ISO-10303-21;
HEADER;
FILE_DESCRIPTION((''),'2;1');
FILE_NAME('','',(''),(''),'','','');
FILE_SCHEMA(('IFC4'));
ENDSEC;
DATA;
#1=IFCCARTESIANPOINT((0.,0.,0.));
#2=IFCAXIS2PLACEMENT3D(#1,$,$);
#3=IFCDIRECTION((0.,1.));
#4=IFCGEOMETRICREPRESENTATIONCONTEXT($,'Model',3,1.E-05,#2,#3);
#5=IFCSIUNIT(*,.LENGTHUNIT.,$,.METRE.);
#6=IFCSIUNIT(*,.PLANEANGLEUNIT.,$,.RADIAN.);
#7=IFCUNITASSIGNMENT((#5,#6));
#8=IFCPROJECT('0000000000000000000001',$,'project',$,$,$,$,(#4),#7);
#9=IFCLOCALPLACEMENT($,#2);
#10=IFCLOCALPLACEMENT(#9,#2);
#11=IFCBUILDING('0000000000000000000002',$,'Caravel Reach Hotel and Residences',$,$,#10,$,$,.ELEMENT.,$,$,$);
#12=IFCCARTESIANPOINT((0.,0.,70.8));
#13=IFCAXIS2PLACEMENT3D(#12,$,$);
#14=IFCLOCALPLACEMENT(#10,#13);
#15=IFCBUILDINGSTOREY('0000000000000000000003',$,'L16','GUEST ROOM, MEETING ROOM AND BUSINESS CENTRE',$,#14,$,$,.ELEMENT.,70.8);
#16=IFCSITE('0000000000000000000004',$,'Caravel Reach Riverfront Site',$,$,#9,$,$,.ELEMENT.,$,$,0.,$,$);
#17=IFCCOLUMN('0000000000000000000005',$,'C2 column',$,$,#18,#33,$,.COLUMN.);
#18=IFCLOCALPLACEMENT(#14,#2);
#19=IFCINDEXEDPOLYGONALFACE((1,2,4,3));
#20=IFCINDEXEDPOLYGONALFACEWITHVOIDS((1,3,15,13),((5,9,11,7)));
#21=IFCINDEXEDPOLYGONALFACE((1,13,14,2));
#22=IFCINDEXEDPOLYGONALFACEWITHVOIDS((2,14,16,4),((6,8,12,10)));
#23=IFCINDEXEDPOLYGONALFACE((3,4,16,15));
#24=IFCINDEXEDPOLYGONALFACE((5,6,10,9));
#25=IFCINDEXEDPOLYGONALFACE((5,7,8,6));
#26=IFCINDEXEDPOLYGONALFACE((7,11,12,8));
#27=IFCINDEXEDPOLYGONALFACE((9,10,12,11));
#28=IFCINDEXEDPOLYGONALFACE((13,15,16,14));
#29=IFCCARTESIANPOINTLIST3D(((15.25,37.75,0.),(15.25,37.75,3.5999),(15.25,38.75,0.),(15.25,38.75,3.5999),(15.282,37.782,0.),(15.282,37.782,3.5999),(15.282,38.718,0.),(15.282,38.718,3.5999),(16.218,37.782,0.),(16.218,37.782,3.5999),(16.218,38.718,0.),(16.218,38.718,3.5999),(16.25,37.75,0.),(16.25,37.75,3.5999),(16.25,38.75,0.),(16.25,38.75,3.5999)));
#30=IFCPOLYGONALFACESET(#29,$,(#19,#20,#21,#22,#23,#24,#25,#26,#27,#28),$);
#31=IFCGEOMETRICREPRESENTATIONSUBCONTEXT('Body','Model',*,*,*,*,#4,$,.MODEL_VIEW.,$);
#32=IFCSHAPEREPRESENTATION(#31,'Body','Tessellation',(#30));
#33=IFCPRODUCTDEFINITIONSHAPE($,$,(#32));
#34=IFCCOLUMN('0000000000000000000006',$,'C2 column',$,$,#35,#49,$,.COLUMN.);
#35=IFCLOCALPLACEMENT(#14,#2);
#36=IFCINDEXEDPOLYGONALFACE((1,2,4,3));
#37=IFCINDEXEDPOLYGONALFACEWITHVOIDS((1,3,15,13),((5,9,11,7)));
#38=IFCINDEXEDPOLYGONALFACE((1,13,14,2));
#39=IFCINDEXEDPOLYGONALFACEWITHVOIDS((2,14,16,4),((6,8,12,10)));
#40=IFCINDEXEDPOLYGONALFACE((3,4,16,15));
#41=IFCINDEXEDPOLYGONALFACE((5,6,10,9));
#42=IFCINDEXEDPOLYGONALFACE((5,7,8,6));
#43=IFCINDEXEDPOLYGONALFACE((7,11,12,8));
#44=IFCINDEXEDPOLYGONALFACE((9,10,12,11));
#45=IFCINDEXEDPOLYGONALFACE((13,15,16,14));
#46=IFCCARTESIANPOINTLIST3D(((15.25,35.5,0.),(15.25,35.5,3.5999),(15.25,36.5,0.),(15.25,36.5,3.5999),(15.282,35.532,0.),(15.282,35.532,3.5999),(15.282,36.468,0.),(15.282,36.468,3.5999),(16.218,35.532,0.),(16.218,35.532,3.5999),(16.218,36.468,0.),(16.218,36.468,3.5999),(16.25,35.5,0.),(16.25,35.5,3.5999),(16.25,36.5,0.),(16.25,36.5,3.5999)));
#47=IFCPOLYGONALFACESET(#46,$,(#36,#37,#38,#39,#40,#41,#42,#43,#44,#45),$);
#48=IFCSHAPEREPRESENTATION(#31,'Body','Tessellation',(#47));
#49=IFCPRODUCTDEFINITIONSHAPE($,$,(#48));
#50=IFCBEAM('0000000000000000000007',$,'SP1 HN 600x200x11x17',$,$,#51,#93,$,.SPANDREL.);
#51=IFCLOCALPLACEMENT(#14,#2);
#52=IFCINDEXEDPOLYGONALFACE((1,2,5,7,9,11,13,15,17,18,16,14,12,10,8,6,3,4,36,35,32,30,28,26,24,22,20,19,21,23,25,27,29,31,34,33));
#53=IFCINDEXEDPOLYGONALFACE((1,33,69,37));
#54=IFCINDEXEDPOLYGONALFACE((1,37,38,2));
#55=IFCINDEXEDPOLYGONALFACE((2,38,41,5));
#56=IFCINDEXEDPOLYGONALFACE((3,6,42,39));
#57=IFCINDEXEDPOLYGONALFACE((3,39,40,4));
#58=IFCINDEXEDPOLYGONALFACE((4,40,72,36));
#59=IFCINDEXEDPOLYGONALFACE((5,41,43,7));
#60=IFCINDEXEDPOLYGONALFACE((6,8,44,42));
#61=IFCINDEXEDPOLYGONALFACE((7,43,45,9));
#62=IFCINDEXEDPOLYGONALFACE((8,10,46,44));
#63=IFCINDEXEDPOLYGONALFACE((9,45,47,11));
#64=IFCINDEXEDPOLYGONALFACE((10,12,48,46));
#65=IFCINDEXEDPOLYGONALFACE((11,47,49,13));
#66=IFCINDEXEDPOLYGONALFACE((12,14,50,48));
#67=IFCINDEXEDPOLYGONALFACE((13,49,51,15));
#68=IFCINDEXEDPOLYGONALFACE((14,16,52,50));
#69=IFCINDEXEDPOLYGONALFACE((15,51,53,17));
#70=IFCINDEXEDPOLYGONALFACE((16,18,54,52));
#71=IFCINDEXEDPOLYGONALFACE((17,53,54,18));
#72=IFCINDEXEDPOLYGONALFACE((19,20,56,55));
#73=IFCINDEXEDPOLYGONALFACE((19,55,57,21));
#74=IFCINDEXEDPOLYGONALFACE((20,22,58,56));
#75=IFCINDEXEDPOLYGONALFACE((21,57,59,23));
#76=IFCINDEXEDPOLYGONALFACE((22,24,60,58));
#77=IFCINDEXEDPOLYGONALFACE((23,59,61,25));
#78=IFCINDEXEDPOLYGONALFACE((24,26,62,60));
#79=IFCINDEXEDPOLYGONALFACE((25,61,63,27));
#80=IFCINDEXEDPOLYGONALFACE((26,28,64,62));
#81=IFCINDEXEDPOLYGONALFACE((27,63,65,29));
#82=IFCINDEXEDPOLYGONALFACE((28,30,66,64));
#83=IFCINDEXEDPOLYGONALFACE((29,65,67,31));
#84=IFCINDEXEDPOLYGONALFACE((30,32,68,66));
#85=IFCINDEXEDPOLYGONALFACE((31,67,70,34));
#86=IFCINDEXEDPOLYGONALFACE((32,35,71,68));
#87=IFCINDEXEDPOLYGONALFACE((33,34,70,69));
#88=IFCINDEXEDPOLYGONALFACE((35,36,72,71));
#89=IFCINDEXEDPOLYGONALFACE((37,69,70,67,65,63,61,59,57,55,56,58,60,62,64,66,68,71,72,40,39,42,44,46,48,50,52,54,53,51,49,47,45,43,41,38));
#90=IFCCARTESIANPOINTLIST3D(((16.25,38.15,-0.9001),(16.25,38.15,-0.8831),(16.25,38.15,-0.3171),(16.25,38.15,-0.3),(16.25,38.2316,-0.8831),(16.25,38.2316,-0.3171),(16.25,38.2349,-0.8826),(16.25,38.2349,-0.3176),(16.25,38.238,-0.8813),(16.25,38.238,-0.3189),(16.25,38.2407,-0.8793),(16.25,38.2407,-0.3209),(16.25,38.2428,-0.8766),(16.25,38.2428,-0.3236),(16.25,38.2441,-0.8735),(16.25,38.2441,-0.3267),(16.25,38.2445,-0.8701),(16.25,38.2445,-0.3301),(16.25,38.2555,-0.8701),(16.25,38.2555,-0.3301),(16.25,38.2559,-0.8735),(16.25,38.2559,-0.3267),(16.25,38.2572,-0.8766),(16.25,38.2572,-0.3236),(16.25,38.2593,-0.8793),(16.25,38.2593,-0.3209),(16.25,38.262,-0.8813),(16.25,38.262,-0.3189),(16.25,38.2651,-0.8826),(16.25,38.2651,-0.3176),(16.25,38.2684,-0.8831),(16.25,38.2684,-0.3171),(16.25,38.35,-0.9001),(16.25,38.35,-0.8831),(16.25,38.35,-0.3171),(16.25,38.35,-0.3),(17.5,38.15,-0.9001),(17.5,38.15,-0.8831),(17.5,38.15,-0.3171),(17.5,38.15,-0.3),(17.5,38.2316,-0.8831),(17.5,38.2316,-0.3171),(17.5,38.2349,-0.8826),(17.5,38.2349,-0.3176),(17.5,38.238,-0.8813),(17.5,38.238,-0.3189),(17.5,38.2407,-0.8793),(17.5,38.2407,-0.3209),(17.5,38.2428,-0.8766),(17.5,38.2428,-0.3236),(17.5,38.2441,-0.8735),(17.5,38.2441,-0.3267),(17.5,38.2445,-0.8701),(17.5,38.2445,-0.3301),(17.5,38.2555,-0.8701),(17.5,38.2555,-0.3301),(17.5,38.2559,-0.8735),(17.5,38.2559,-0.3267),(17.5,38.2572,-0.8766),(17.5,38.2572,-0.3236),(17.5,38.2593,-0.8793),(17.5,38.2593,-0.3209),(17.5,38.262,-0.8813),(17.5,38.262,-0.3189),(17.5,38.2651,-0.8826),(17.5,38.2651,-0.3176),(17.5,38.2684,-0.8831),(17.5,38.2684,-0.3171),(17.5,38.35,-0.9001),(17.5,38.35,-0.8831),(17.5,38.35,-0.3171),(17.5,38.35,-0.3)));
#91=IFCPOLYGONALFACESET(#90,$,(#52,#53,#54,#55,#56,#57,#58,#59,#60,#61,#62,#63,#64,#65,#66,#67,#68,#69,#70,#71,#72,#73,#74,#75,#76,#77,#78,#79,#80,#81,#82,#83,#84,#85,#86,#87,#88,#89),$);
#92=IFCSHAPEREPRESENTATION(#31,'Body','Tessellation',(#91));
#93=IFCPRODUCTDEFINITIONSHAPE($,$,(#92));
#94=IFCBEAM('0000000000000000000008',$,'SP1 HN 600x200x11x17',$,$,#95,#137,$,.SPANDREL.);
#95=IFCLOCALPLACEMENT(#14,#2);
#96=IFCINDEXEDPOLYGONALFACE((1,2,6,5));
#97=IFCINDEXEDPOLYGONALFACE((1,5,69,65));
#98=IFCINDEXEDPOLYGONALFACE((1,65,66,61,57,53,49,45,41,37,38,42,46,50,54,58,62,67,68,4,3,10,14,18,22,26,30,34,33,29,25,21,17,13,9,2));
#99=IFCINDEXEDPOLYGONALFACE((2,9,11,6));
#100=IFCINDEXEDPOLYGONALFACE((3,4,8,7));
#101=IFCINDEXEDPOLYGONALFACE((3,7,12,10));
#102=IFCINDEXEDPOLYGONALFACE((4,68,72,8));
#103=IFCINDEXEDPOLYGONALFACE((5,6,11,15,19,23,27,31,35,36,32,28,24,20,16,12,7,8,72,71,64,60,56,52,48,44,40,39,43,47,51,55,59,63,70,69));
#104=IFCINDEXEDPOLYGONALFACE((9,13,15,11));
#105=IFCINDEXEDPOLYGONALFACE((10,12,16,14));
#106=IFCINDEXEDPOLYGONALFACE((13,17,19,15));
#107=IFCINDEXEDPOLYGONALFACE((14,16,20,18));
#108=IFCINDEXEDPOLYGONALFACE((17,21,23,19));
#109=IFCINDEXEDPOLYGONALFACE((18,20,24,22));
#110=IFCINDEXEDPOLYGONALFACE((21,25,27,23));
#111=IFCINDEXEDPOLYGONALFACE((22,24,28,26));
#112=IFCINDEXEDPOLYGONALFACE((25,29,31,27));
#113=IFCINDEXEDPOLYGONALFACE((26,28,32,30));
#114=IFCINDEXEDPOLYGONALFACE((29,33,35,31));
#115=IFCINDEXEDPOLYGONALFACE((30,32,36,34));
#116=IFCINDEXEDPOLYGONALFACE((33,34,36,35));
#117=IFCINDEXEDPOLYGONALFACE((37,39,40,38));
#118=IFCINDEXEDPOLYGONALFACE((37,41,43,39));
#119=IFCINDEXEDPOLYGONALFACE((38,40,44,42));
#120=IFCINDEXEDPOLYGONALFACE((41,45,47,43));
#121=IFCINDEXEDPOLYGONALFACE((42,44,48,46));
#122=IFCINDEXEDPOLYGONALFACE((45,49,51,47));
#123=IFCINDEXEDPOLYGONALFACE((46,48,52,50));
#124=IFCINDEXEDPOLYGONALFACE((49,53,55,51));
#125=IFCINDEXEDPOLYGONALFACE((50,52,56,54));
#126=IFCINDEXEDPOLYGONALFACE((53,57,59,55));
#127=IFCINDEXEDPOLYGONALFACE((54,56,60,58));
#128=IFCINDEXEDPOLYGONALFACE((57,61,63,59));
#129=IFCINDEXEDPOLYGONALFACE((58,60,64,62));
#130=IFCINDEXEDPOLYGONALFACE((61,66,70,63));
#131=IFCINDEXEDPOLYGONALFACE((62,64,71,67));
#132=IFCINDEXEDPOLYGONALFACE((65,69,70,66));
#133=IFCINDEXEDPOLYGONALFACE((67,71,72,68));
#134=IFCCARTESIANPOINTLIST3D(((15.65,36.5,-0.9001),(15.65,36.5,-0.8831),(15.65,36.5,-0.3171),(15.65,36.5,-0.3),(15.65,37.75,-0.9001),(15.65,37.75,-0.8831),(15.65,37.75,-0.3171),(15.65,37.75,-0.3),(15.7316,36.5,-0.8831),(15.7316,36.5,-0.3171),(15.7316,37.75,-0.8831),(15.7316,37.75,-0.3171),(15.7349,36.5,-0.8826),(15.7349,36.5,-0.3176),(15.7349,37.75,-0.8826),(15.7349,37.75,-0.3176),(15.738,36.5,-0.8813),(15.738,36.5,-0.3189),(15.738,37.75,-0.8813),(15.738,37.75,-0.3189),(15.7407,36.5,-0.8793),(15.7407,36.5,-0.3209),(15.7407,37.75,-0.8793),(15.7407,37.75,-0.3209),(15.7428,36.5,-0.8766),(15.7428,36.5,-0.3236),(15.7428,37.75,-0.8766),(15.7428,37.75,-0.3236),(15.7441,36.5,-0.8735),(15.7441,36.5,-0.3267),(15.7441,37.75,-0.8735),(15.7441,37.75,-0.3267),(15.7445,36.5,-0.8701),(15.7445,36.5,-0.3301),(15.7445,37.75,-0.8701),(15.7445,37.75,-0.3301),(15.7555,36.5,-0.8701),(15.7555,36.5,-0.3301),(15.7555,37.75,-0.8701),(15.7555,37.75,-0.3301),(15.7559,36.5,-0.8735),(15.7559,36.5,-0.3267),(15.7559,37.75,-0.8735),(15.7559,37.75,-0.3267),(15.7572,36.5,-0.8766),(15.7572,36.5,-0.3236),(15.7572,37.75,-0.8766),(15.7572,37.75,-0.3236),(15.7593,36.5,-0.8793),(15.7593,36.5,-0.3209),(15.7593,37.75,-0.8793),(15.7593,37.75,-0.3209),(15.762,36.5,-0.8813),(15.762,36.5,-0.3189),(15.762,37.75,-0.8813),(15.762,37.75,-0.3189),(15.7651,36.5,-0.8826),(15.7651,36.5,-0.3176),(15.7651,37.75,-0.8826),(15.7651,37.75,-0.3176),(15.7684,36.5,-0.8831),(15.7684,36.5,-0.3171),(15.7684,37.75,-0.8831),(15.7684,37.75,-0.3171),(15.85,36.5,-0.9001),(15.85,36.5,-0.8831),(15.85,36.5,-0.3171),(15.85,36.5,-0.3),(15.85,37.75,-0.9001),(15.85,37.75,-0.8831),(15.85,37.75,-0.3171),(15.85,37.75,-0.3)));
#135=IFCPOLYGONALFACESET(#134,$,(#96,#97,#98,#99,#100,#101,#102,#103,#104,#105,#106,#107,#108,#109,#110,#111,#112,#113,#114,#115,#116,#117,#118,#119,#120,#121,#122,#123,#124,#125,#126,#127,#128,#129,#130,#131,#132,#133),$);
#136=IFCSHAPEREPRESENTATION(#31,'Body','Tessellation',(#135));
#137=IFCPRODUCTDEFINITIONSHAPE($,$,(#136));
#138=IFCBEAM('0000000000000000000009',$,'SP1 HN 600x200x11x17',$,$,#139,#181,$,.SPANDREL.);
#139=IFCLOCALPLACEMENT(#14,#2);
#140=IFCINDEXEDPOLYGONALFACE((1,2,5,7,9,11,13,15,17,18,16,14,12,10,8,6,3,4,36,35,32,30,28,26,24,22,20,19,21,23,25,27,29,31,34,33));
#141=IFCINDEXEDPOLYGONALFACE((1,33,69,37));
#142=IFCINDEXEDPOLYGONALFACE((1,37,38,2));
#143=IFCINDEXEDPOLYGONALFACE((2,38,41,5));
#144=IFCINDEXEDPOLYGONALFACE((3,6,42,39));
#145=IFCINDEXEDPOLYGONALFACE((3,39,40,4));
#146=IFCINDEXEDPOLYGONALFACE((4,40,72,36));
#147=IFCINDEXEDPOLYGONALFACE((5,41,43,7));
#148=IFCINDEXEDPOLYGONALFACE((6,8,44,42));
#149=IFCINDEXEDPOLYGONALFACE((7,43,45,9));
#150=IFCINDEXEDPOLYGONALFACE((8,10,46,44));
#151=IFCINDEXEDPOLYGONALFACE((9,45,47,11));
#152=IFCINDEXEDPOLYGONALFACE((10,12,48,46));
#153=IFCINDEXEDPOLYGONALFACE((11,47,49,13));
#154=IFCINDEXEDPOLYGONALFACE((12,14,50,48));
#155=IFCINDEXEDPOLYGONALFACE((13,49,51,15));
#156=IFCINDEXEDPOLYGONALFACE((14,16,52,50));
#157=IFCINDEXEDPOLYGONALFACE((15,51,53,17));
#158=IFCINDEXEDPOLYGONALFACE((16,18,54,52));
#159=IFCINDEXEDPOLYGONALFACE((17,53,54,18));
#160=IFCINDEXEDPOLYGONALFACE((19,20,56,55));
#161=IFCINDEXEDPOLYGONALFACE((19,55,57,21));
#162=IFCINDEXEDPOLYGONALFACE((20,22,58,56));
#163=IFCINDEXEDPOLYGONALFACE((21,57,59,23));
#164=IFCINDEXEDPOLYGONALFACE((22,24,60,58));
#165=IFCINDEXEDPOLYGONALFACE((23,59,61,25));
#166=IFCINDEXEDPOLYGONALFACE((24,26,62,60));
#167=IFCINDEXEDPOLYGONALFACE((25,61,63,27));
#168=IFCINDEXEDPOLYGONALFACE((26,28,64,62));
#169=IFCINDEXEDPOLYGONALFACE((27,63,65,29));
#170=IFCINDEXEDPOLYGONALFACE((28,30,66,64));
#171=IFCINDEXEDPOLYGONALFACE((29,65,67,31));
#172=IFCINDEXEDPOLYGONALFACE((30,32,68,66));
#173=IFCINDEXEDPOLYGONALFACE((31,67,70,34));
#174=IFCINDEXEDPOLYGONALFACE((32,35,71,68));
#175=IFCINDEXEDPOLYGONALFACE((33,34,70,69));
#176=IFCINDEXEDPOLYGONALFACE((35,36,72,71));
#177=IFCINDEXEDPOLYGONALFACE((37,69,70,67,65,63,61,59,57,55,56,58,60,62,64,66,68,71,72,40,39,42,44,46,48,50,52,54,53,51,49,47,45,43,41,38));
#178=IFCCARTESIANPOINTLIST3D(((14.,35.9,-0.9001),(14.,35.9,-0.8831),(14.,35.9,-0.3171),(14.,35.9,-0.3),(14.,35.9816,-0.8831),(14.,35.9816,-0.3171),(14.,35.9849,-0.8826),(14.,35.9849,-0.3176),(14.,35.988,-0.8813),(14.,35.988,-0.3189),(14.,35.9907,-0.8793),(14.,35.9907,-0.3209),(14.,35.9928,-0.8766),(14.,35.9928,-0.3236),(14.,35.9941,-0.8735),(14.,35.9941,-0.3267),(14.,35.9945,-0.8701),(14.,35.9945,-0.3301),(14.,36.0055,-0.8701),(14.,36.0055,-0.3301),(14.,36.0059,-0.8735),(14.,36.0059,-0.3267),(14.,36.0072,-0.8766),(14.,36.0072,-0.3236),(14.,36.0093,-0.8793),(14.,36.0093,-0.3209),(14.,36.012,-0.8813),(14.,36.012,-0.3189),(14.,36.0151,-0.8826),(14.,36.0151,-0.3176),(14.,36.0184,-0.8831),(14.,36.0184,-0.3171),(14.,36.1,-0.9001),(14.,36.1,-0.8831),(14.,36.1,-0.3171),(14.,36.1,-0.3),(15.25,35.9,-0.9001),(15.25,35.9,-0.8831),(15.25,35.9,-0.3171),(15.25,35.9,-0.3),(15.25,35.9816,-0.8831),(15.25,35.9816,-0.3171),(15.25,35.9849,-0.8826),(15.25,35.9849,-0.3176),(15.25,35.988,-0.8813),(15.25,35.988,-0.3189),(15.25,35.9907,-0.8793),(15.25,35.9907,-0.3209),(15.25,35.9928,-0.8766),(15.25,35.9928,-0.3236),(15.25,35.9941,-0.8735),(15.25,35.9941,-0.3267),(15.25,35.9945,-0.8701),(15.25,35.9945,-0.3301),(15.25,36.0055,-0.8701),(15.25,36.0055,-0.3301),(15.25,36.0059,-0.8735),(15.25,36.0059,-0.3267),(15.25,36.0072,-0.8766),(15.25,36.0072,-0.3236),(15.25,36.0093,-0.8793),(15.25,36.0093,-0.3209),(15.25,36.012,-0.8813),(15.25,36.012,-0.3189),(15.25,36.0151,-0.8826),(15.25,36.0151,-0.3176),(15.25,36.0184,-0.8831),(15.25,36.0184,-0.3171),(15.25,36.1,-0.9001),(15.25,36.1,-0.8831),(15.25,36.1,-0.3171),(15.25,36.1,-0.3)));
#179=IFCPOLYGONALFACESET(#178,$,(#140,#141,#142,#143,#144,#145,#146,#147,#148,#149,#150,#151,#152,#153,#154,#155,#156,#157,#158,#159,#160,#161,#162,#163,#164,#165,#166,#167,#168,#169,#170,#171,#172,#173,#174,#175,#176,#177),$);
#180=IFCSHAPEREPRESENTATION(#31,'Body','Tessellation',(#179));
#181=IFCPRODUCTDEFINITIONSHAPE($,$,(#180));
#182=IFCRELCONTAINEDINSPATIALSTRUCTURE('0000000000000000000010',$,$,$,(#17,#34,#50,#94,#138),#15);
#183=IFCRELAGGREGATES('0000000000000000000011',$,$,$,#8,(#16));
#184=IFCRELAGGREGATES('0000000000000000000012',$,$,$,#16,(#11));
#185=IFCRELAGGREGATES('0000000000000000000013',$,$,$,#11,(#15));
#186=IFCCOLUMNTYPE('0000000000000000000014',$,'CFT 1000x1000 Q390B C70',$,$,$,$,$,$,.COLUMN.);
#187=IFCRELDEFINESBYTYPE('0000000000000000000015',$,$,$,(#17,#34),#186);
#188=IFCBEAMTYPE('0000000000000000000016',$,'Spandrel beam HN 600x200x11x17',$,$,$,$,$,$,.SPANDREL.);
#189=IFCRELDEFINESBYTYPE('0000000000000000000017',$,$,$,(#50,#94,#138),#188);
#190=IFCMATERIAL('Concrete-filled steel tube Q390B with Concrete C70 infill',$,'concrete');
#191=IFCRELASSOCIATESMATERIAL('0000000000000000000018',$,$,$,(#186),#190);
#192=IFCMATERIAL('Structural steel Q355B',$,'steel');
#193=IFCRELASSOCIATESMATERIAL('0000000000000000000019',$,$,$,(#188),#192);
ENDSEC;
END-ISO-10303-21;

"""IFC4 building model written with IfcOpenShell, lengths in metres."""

from ifc_helpers import new_model, si_unit, direction, frame, origin, origin_2d, place, context, subcontext, project, spatial, hollow_rectangle, i_section, extrude, material, material_profile, profile_set, type_object, element, save


model = new_model("IFC4")

# Units and contexts
model_context = context("Model", 3, precision=1e-05, world=origin(), true_north=direction((0.0, 1.0)))
body_context = subcontext(model_context, "Body", "Model", "MODEL_VIEW")
ifc_project = project(units=[si_unit("LENGTHUNIT", "METRE"), si_unit("PLANEANGLEUNIT", "RADIAN")], contexts=[model_context])

# Site, building, storey
site_placement = place(None, origin())
site = spatial("IfcSite", under=ifc_project, at=site_placement, Name="Caravel Reach Riverfront Site", CompositionType="ELEMENT", RefElevation=0.0)
building_placement = place(site_placement, origin())
building = spatial("IfcBuilding", under=site, at=building_placement, Name="Caravel Reach Hotel and Residences", CompositionType="ELEMENT")
storey_placement = place(building_placement, frame((0.0, 0.0, 70.8)))
storey = spatial("IfcBuildingStorey", under=building, at=storey_placement, Name="L16", Description="GUEST ROOM, MEETING ROOM AND BUSINESS CENTRE", CompositionType="ELEMENT", Elevation=70.8)

# Columns
ifc_material_1 = material(Name="Concrete-filled steel tube Q390B with Concrete C70 infill", Category="concrete")
ifc_material_profile_1 = material_profile(ifc_material_1, hollow_rectangle(XDim=1.0, YDim=1.0, WallThickness=0.032, at=origin_2d()), Name="RHS 1000x1000x32")
ifc_profile_set_1 = profile_set([ifc_material_profile_1], Name="Concrete-filled steel tube Q390B with Concrete C70 infill")
column_type = type_object("IfcColumnType", Name="CFT 1000x1000 Q390B C70", PredefinedType="COLUMN", material=ifc_profile_set_1)
for number, where, z_axis, x_axis, name in (
    (1, (15.75, 38.25, 0.0), (0.0, 0.0, 1.0), (1.0, 0.0, 0.0), "C2 column"),
    (2, (15.75, 36.0, 0.0), (0.0, 0.0, 1.0), (1.0, 0.0, 0.0), "C2 column"),
):
    element("IfcColumn", number, at=place(storey_placement, frame(where, z_axis=z_axis, x_axis=x_axis)), inside=storey, type_object=column_type, Name=name, PredefinedType="COLUMN", context=body_context, shape_type="SweptSolid", body=[
        extrude(hollow_rectangle(XDim=1.0, YDim=1.0, WallThickness=0.032, at=origin_2d()), origin(), (0.0, 0.0, 1.0), 3.5999),
    ])

# Beams
ifc_material_2 = material(Name="Structural steel Q355B", Category="steel")
ifc_material_profile_2 = material_profile(ifc_material_2, i_section(OverallWidth=0.2, OverallDepth=0.6001, WebThickness=0.011, FlangeThickness=0.0171, FilletRadius=0.0129, at=origin_2d()), Name="HN 600x200x11x17")
ifc_profile_set_2 = profile_set([ifc_material_profile_2], Name="Structural steel Q355B")
beam_type = type_object("IfcBeamType", Name="Spandrel beam HN 600x200x11x17", PredefinedType="SPANDREL", material=ifc_profile_set_2)
for number, where, z_axis, x_axis, name in (
    (3, (17.5, 38.25, -0.6001), (-1.0, 0.0, 0.0), (0.0, -1.0, 0.0), "SP1 HN 600x200x11x17"),
    (4, (15.75, 37.75, -0.6001), (0.0, -1.0, 0.0), (1.0, 0.0, 0.0), "SP1 HN 600x200x11x17"),
    (5, (15.25, 36.0, -0.6001), (-1.0, 0.0, 0.0), (0.0, -1.0, 0.0), "SP1 HN 600x200x11x17"),
):
    element("IfcBeam", number, at=place(storey_placement, frame(where, z_axis=z_axis, x_axis=x_axis)), inside=storey, type_object=beam_type, Name=name, PredefinedType="SPANDREL", context=body_context, shape_type="SweptSolid", body=[
        extrude(i_section(OverallWidth=0.2, OverallDepth=0.6001, WebThickness=0.011, FlangeThickness=0.0171, FilletRadius=0.0129, at=origin_2d()), origin(), (0.0, 0.0, 1.0), 1.25),
    ])

save(model, "model.ifc")
